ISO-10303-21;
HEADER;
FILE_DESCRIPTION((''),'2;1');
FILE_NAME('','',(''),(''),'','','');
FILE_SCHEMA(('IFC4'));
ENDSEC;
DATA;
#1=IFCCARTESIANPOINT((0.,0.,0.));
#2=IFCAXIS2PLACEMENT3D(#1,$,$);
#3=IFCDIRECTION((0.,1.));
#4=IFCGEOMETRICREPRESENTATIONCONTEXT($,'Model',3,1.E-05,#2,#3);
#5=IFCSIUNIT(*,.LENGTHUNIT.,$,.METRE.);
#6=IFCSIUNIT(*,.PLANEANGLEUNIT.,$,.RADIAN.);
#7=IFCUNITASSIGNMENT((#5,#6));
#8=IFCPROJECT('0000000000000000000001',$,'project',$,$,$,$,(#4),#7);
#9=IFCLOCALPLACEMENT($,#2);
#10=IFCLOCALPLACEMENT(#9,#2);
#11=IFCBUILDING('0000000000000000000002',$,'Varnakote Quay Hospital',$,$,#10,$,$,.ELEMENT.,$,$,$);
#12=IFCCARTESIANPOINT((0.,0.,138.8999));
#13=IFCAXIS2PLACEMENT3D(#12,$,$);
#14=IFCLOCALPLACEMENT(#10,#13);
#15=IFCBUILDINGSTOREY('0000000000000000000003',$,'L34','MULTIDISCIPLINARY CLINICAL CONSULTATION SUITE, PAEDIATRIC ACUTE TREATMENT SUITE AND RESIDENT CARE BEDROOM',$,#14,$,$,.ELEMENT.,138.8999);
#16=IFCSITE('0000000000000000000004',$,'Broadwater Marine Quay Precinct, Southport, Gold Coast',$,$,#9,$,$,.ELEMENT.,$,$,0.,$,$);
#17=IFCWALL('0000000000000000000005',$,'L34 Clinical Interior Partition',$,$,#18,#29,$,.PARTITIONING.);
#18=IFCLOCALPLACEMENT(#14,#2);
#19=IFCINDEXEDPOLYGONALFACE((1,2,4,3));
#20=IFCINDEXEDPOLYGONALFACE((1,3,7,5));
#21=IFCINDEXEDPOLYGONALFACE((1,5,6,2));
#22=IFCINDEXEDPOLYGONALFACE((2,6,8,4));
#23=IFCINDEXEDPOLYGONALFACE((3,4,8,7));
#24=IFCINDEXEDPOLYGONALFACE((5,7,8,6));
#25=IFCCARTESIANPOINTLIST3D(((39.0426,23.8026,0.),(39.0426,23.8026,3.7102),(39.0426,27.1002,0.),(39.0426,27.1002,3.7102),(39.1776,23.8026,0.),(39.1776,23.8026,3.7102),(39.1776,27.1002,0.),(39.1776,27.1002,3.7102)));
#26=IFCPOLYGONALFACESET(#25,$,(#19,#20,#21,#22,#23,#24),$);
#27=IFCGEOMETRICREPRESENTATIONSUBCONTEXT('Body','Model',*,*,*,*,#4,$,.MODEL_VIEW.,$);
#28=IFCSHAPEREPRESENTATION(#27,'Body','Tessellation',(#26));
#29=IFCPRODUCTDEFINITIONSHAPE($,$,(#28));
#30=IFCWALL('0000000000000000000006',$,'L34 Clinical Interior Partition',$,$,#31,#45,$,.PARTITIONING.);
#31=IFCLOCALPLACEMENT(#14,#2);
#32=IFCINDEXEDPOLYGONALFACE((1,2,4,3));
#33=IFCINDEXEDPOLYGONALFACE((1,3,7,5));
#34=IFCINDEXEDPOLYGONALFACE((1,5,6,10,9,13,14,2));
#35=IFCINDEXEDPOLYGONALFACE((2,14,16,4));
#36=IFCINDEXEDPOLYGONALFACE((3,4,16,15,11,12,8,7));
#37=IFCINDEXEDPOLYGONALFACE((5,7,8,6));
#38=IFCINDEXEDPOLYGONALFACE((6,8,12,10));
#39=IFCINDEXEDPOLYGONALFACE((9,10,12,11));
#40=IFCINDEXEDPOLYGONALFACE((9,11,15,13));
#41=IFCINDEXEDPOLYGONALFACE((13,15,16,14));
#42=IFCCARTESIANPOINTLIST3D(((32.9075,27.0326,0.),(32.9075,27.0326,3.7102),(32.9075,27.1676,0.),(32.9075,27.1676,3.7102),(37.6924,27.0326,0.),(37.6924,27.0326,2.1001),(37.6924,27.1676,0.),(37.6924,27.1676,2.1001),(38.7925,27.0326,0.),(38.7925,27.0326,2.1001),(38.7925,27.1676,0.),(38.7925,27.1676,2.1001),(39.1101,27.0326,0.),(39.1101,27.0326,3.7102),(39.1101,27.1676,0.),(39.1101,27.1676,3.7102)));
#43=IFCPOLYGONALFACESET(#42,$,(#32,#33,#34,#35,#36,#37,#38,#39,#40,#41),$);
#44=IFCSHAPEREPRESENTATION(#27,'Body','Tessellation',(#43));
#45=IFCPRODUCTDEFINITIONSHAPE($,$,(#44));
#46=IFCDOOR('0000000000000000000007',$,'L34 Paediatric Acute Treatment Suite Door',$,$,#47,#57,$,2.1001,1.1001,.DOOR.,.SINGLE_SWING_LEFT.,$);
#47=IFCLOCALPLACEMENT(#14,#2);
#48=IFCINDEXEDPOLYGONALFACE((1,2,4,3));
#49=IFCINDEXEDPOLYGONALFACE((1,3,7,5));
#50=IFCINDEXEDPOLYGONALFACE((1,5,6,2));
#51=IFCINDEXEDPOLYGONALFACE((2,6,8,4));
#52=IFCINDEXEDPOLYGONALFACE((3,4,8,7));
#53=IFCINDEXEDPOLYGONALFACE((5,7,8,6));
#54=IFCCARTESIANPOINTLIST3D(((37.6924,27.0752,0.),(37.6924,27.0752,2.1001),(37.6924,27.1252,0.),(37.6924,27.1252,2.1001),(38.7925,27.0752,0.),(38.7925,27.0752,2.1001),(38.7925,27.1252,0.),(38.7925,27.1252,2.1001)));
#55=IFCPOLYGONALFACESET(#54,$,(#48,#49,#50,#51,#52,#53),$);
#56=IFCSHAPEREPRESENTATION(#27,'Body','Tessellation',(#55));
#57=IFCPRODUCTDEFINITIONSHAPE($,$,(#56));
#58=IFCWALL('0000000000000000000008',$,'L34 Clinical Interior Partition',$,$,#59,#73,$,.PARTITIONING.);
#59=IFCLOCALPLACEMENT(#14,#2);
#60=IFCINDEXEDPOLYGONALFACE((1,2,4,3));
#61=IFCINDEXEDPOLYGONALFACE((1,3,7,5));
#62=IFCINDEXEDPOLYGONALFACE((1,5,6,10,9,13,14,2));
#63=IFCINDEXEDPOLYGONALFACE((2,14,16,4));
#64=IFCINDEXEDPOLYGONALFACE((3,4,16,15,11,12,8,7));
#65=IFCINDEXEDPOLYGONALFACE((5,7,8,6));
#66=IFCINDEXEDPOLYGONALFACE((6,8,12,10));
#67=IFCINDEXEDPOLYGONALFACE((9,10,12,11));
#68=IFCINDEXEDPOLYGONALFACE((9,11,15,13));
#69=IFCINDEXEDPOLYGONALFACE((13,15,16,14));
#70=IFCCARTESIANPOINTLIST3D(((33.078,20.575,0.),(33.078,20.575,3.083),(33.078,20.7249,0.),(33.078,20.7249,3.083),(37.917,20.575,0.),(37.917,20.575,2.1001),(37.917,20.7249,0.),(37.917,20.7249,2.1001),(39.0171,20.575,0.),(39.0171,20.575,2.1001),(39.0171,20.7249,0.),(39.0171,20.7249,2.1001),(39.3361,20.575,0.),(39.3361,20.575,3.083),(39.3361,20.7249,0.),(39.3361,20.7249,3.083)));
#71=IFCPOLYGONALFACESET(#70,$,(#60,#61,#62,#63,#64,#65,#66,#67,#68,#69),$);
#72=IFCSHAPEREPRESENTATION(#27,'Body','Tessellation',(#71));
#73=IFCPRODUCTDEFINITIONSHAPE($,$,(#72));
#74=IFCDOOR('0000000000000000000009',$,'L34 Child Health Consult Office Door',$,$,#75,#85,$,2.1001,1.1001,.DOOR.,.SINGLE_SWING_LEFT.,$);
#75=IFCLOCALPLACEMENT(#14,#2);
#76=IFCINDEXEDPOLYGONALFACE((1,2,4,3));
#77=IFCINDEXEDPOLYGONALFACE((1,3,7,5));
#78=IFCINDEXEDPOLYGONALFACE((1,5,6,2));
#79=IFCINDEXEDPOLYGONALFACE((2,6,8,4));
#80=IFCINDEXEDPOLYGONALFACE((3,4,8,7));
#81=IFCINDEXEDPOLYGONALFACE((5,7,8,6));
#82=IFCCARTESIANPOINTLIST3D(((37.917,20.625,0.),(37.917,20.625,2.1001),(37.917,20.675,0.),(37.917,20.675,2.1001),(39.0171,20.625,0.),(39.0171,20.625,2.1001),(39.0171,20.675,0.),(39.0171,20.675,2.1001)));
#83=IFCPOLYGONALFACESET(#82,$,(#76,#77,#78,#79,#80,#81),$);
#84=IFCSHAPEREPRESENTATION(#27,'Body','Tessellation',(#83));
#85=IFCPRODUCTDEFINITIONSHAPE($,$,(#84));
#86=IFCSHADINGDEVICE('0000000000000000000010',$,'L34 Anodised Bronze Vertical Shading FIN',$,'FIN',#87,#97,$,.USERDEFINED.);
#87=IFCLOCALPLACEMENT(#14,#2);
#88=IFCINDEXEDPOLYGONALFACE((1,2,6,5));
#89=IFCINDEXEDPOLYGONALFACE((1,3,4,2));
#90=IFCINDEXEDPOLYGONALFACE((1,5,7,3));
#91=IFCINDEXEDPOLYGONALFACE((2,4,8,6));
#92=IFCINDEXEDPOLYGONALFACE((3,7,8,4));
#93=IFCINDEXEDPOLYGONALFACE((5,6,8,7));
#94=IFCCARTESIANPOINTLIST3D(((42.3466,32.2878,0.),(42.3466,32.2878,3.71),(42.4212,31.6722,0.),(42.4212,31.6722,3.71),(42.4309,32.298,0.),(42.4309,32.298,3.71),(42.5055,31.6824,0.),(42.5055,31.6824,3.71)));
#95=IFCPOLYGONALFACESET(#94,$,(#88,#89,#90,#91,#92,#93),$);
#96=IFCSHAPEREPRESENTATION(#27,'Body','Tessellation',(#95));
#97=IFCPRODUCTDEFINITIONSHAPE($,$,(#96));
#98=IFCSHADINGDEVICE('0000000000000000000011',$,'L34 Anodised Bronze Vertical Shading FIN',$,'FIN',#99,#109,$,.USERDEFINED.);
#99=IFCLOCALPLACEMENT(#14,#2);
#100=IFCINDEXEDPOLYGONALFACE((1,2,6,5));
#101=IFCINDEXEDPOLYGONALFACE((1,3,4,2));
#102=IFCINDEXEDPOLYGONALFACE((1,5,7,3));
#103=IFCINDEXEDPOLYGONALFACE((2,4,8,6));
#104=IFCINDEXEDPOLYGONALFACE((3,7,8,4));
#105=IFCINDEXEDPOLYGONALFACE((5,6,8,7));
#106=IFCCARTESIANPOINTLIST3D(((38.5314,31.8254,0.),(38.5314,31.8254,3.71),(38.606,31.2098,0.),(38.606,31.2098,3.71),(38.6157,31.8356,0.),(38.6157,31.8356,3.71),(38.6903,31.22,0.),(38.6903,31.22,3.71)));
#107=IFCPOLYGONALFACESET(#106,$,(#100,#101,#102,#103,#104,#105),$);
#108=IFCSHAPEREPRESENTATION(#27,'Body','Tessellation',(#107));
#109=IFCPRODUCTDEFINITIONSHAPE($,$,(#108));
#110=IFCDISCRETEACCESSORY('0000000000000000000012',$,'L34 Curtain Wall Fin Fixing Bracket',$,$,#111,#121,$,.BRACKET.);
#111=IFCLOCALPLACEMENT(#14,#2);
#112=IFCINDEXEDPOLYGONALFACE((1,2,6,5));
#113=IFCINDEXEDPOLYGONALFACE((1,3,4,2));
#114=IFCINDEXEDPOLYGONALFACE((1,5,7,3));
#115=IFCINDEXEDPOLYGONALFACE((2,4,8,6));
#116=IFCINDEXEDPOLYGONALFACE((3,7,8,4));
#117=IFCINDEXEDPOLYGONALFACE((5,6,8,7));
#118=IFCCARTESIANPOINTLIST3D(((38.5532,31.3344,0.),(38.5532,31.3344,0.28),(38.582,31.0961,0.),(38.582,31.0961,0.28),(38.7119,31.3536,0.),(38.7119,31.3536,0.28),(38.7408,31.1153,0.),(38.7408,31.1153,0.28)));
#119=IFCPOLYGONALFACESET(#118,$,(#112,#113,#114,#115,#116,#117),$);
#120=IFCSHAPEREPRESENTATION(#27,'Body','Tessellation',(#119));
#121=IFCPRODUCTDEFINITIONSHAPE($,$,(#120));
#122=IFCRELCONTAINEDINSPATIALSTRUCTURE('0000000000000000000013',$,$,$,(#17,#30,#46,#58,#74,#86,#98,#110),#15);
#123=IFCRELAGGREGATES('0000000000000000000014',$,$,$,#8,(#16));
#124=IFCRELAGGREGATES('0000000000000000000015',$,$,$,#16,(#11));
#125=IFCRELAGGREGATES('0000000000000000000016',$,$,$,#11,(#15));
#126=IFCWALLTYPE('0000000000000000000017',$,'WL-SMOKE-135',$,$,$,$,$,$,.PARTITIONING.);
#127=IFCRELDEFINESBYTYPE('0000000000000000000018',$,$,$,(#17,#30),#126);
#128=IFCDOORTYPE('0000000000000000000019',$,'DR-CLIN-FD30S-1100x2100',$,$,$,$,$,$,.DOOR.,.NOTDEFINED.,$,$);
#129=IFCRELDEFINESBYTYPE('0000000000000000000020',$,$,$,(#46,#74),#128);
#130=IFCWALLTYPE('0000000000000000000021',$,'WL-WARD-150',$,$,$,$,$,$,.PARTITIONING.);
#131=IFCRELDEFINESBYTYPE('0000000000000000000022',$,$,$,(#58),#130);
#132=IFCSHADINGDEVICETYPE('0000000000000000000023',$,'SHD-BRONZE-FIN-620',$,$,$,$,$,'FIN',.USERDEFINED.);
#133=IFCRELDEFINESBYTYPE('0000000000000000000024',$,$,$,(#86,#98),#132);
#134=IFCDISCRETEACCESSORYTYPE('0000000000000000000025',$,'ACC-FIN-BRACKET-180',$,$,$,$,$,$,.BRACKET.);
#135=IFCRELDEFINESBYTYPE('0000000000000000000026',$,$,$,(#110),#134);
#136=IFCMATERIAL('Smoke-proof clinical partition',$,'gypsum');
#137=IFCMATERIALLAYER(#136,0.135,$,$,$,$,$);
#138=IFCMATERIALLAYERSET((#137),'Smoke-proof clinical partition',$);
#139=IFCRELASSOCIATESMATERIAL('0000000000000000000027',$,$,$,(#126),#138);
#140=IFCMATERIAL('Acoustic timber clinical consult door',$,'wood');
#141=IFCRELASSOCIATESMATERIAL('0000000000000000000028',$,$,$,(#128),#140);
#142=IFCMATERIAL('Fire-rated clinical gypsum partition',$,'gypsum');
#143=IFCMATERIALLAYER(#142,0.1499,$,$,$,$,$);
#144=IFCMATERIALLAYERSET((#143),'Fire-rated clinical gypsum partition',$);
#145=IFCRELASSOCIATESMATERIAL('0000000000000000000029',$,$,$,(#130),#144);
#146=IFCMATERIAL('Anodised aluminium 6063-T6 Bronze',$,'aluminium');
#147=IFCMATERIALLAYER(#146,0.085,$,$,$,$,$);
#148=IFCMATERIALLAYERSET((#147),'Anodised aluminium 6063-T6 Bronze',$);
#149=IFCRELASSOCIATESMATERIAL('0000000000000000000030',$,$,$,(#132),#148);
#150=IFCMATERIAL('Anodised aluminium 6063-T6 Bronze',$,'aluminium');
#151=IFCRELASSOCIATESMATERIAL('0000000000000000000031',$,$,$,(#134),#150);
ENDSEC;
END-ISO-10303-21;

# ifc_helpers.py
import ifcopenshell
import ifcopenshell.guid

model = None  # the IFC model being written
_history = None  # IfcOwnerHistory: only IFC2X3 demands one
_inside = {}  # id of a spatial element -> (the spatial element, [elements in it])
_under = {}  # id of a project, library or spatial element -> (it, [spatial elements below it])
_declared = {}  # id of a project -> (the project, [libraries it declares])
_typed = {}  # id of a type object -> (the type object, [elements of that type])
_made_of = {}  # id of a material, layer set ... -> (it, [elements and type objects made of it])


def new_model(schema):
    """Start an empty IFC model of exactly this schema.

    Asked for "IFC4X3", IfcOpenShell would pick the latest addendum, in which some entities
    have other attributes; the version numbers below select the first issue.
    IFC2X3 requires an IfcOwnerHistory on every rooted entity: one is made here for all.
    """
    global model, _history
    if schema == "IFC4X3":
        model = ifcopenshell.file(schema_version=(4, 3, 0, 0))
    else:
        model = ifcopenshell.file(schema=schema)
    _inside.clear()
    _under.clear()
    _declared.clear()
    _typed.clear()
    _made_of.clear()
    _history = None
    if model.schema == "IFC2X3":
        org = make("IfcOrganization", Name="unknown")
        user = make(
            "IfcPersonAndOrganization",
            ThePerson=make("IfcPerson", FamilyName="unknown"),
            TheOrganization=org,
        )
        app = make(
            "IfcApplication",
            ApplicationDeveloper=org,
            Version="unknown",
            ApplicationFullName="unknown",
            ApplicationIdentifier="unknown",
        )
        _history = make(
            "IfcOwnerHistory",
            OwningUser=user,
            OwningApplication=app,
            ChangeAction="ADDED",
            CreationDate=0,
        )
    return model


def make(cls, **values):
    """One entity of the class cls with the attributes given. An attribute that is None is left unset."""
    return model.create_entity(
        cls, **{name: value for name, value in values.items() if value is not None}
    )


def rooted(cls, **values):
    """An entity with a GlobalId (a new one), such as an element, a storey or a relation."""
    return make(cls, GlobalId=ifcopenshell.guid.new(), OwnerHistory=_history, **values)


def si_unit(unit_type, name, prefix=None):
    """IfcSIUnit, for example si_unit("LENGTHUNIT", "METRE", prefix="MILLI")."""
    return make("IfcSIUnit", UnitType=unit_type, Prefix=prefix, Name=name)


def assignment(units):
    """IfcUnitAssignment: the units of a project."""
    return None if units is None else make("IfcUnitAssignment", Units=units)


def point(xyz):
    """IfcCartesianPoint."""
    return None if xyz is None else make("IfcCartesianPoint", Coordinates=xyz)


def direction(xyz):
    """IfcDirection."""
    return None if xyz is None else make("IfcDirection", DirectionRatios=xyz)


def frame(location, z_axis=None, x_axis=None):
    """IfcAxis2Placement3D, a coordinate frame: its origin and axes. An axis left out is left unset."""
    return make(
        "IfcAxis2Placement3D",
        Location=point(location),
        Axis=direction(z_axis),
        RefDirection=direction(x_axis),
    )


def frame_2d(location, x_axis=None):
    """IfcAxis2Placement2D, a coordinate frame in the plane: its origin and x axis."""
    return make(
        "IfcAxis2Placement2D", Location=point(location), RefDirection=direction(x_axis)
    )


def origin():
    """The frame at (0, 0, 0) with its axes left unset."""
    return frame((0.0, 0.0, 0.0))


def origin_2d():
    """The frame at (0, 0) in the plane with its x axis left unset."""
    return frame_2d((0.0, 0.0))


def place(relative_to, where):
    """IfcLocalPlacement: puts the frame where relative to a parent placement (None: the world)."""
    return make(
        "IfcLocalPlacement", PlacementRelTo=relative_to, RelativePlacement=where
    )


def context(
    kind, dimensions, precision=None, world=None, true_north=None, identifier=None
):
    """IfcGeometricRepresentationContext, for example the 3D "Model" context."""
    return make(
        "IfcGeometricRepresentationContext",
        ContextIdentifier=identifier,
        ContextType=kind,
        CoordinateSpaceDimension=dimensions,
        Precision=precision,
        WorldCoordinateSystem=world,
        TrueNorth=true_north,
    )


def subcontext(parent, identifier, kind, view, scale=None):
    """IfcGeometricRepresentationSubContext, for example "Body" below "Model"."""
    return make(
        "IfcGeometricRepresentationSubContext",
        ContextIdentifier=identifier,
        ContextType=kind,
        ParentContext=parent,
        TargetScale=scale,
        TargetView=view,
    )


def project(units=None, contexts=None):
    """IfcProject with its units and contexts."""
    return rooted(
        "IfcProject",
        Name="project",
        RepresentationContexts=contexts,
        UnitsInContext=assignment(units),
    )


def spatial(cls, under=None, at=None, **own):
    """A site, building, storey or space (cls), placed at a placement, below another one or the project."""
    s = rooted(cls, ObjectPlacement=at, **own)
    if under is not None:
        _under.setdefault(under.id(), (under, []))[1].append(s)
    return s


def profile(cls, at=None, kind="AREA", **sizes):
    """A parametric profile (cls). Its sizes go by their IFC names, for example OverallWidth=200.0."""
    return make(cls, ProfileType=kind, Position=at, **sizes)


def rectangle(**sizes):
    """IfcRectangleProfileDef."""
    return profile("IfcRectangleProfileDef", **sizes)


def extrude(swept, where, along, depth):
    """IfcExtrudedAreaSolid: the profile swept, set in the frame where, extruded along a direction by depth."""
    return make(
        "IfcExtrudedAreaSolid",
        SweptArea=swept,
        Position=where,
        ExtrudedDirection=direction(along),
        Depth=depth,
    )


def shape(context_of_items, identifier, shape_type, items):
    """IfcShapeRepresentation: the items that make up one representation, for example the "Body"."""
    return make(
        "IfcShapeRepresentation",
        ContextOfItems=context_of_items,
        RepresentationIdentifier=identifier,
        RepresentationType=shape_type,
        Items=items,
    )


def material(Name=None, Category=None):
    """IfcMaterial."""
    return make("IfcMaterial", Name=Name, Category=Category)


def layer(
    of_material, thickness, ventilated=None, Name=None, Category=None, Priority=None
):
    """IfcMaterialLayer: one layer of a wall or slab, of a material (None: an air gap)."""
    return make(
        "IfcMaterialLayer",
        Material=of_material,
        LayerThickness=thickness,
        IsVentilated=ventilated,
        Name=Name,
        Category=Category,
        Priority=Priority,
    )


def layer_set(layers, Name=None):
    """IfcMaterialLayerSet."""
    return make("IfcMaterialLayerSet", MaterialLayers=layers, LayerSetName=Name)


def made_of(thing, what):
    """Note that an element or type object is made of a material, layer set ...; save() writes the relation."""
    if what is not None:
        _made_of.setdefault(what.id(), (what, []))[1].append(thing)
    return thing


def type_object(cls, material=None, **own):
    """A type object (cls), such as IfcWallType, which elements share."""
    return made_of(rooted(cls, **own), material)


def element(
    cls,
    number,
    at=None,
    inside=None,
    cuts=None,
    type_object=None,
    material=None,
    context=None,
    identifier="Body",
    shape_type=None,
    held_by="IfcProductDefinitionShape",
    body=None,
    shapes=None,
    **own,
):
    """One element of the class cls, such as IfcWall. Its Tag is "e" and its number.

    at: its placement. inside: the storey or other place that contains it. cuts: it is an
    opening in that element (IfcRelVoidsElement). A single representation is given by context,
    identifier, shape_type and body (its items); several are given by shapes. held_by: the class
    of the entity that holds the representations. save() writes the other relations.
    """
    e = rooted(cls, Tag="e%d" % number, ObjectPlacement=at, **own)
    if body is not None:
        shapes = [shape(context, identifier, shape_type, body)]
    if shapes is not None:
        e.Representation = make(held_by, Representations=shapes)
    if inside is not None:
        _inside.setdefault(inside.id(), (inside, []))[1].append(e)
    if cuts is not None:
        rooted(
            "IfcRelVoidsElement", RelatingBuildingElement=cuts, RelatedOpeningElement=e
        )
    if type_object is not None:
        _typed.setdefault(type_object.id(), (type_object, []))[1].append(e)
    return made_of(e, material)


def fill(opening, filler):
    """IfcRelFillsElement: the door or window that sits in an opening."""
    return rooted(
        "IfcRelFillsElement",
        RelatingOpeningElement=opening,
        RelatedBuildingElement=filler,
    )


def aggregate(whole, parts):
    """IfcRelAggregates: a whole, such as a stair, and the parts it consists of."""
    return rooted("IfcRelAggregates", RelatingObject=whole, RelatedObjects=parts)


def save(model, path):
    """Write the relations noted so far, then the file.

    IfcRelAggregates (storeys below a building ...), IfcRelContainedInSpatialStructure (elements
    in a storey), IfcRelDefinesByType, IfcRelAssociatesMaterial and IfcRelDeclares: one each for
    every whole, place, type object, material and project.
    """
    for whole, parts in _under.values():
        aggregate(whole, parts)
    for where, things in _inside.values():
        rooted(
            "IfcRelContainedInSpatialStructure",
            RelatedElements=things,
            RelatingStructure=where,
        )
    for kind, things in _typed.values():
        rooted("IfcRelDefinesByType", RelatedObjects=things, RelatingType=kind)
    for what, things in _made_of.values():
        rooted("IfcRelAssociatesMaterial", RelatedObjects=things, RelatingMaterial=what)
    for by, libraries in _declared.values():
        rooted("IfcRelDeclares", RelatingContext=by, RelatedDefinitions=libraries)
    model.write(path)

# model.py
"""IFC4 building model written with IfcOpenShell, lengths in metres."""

from ifc_helpers import new_model, si_unit, direction, frame, frame_2d, origin, origin_2d, place, context, subcontext, project, spatial, rectangle, extrude, material, layer, layer_set, type_object, element, fill, save


model = new_model("IFC4")

# Units and contexts
model_context = context("Model", 3, precision=1e-05, world=origin(), true_north=direction((0.0, 1.0)))
body_context = subcontext(model_context, "Body", "Model", "MODEL_VIEW")
ifc_project = project(units=[si_unit("LENGTHUNIT", "METRE"), si_unit("PLANEANGLEUNIT", "RADIAN")], contexts=[model_context])

# Site, building, storey
site_placement = place(None, origin())
site = spatial("IfcSite", under=ifc_project, at=site_placement, Name="Broadwater Marine Quay Precinct, Southport, Gold Coast", CompositionType="ELEMENT", RefElevation=0.0)
building_placement = place(site_placement, origin())
building = spatial("IfcBuilding", under=site, at=building_placement, Name="Varnakote Quay Hospital", CompositionType="ELEMENT")
storey_placement = place(building_placement, frame((0.0, 0.0, 138.8999)))
storey = spatial("IfcBuildingStorey", under=building, at=storey_placement, Name="L34", Description="MULTIDISCIPLINARY CLINICAL CONSULTATION SUITE, PAEDIATRIC ACUTE TREATMENT SUITE AND RESIDENT CARE BEDROOM", CompositionType="ELEMENT", Elevation=138.8999)

# Wall
ifc_material_1 = material(Name="Smoke-proof clinical partition", Category="gypsum")
ifc_layer_1 = layer(ifc_material_1, 0.135)
ifc_layer_set_1 = layer_set([ifc_layer_1], Name="Smoke-proof clinical partition")
wall_type_1 = type_object("IfcWallType", Name="WL-SMOKE-135", PredefinedType="PARTITIONING", material=ifc_layer_set_1)
wall_1_placement = place(storey_placement, frame((39.1101, 23.8025, 0.0), z_axis=(0.0, 0.0, 1.0), x_axis=(0.0, 1.0, 0.0)))
element("IfcWall", 1, at=wall_1_placement, inside=storey, type_object=wall_type_1, Name="L34 Clinical Interior Partition", PredefinedType="PARTITIONING", context=body_context, shape_type="SweptSolid", body=[
    extrude(rectangle(XDim=3.2976, YDim=0.135, at=frame_2d((1.6489, 0.0))), origin(), (0.0, 0.0, 1.0), 3.7102),
])

# Walls, openings, doors
wall_2_placement = place(storey_placement, frame((39.1101, 27.1001, 0.0), z_axis=(0.0, 0.0, 1.0), x_axis=(-1.0, 0.0, 0.0)))
wall_2 = element("IfcWall", 2, at=wall_2_placement, inside=storey, type_object=wall_type_1, Name="L34 Clinical Interior Partition", PredefinedType="PARTITIONING", context=body_context, shape_type="SweptSolid", body=[
    extrude(rectangle(XDim=6.2026, YDim=0.135, at=frame_2d((3.1013, 0.0))), origin(), (0.0, 0.0, 1.0), 3.7102),
])
opening_1_placement = place(wall_2_placement, frame((0.3176, 0.0, 0.0)))
opening_1 = element("IfcOpeningElement", 3, at=opening_1_placement, cuts=wall_2, PredefinedType="OPENING", context=body_context, shape_type="SweptSolid", body=[
    extrude(rectangle(XDim=1.1001, YDim=2.1001, at=frame_2d((0.55, 1.05))), frame((0.0, 0.0774, 0.0), z_axis=(0.0, -1.0, 0.0), x_axis=(1.0, 0.0, 0.0)), (0.0, 0.0, 1.0), 0.155),
])
ifc_material_2 = material(Name="Acoustic timber clinical consult door", Category="wood")
door_type_1 = type_object("IfcDoorType", Name="DR-CLIN-FD30S-1100x2100", OperationType="NOTDEFINED", PredefinedType="DOOR", material=ifc_material_2)
door_1_placement = place(opening_1_placement, origin())
door_1 = element("IfcDoor", 4, at=door_1_placement, inside=storey, type_object=door_type_1, Name="L34 Paediatric Acute Treatment Suite Door", OperationType="SINGLE_SWING_LEFT", OverallHeight=2.1001, OverallWidth=1.1001, PredefinedType="DOOR", context=body_context, shape_type="SweptSolid", body=[
    extrude(rectangle(XDim=1.1001, YDim=2.1001, at=frame_2d((0.55, 1.05))), frame((0.0, 0.0249, 0.0), z_axis=(0.0, -1.0, 0.0), x_axis=(1.0, 0.0, 0.0)), (0.0, 0.0, 1.0), 0.05),
])
fill(opening_1, door_1)
ifc_material_3 = material(Name="Fire-rated clinical gypsum partition", Category="gypsum")
ifc_layer_2 = layer(ifc_material_3, 0.1499)
ifc_layer_set_2 = layer_set([ifc_layer_2], Name="Fire-rated clinical gypsum partition")
wall_type_2 = type_object("IfcWallType", Name="WL-WARD-150", PredefinedType="PARTITIONING", material=ifc_layer_set_2)
wall_3_placement = place(storey_placement, frame((39.3359, 20.6499, 0.0), z_axis=(0.0, 0.0, 1.0), x_axis=(-1.0, 0.0, 0.0)))
wall_3 = element("IfcWall", 5, at=wall_3_placement, inside=storey, type_object=wall_type_2, Name="L34 Clinical Interior Partition", PredefinedType="PARTITIONING", context=body_context, shape_type="SweptSolid", body=[
    extrude(rectangle(XDim=6.2581, YDim=0.1499, at=frame_2d((3.1289, 0.0))), origin(), (0.0, 0.0, 1.0), 3.083),
])
opening_2_placement = place(wall_3_placement, frame((0.3188, 0.0, 0.0)))
opening_2 = element("IfcOpeningElement", 6, at=opening_2_placement, cuts=wall_3, PredefinedType="OPENING", context=body_context, shape_type="SweptSolid", body=[
    extrude(rectangle(XDim=1.1001, YDim=2.1001, at=frame_2d((0.55, 1.05))), frame((0.0, 0.085, 0.0), z_axis=(0.0, -1.0, 0.0), x_axis=(1.0, 0.0, 0.0)), (0.0, 0.0, 1.0), 0.1699),
])
door_2_placement = place(opening_2_placement, origin())
door_2 = element("IfcDoor", 7, at=door_2_placement, inside=storey, type_object=door_type_1, Name="L34 Child Health Consult Office Door", OperationType="SINGLE_SWING_LEFT", OverallHeight=2.1001, OverallWidth=1.1001, PredefinedType="DOOR", context=body_context, shape_type="SweptSolid", body=[
    extrude(rectangle(XDim=1.1001, YDim=2.1001, at=frame_2d((0.55, 1.05))), frame((0.0, 0.0249, 0.0), z_axis=(0.0, -1.0, 0.0), x_axis=(1.0, 0.0, 0.0)), (0.0, 0.0, 1.0), 0.05),
])
fill(opening_2, door_2)

# Shading devices
ifc_material_4 = material(Name="Anodised aluminium 6063-T6 Bronze", Category="aluminium")
ifc_layer_3 = layer(ifc_material_4, 0.085)
ifc_layer_set_3 = layer_set([ifc_layer_3], Name="Anodised aluminium 6063-T6 Bronze")
shading_device_type = type_object("IfcShadingDeviceType", Name="SHD-BRONZE-FIN-620", ElementType="FIN", PredefinedType="USERDEFINED", material=ifc_layer_set_3)
for number, where, z_axis, x_axis, name in (
    (8, (42.426, 31.9851, 0.0), (0.0, 0.0, 1.0), (0.12031, -0.992736, 0.0), "L34 Anodised Bronze Vertical Shading FIN"),
    (9, (38.6108, 31.5227, 0.0), (0.0, 0.0, 1.0), (0.12031, -0.992736, 0.0), "L34 Anodised Bronze Vertical Shading FIN"),
):
    element("IfcShadingDevice", number, at=place(storey_placement, frame(where, z_axis=z_axis, x_axis=x_axis)), inside=storey, type_object=shading_device_type, Name=name, ObjectType="FIN", PredefinedType="USERDEFINED", context=body_context, shape_type="SweptSolid", body=[
        extrude(rectangle(XDim=0.6201, YDim=0.085, at=origin_2d()), origin(), (0.0, 0.0, 1.0), 3.71),
    ])

# Discrete accessory
ifc_material_5 = material(Name="Anodised aluminium 6063-T6 Bronze", Category="aluminium")
discrete_accessory_type = type_object("IfcDiscreteAccessoryType", Name="ACC-FIN-BRACKET-180", PredefinedType="BRACKET", material=ifc_material_5)
discrete_accessory_placement = place(storey_placement, frame((38.647, 31.2249, 0.0), z_axis=(0.0, 0.0, 1.0), x_axis=(-0.992736, -0.12031, 0.0)))
element("IfcDiscreteAccessory", 10, at=discrete_accessory_placement, inside=storey, type_object=discrete_accessory_type, Name="L34 Curtain Wall Fin Fixing Bracket", PredefinedType="BRACKET", context=body_context, shape_type="SweptSolid", body=[
    extrude(rectangle(XDim=0.1599, YDim=0.24, at=origin_2d()), origin(), (0.0, 0.0, 1.0), 0.28),
])

save(model, "model.ifc")
